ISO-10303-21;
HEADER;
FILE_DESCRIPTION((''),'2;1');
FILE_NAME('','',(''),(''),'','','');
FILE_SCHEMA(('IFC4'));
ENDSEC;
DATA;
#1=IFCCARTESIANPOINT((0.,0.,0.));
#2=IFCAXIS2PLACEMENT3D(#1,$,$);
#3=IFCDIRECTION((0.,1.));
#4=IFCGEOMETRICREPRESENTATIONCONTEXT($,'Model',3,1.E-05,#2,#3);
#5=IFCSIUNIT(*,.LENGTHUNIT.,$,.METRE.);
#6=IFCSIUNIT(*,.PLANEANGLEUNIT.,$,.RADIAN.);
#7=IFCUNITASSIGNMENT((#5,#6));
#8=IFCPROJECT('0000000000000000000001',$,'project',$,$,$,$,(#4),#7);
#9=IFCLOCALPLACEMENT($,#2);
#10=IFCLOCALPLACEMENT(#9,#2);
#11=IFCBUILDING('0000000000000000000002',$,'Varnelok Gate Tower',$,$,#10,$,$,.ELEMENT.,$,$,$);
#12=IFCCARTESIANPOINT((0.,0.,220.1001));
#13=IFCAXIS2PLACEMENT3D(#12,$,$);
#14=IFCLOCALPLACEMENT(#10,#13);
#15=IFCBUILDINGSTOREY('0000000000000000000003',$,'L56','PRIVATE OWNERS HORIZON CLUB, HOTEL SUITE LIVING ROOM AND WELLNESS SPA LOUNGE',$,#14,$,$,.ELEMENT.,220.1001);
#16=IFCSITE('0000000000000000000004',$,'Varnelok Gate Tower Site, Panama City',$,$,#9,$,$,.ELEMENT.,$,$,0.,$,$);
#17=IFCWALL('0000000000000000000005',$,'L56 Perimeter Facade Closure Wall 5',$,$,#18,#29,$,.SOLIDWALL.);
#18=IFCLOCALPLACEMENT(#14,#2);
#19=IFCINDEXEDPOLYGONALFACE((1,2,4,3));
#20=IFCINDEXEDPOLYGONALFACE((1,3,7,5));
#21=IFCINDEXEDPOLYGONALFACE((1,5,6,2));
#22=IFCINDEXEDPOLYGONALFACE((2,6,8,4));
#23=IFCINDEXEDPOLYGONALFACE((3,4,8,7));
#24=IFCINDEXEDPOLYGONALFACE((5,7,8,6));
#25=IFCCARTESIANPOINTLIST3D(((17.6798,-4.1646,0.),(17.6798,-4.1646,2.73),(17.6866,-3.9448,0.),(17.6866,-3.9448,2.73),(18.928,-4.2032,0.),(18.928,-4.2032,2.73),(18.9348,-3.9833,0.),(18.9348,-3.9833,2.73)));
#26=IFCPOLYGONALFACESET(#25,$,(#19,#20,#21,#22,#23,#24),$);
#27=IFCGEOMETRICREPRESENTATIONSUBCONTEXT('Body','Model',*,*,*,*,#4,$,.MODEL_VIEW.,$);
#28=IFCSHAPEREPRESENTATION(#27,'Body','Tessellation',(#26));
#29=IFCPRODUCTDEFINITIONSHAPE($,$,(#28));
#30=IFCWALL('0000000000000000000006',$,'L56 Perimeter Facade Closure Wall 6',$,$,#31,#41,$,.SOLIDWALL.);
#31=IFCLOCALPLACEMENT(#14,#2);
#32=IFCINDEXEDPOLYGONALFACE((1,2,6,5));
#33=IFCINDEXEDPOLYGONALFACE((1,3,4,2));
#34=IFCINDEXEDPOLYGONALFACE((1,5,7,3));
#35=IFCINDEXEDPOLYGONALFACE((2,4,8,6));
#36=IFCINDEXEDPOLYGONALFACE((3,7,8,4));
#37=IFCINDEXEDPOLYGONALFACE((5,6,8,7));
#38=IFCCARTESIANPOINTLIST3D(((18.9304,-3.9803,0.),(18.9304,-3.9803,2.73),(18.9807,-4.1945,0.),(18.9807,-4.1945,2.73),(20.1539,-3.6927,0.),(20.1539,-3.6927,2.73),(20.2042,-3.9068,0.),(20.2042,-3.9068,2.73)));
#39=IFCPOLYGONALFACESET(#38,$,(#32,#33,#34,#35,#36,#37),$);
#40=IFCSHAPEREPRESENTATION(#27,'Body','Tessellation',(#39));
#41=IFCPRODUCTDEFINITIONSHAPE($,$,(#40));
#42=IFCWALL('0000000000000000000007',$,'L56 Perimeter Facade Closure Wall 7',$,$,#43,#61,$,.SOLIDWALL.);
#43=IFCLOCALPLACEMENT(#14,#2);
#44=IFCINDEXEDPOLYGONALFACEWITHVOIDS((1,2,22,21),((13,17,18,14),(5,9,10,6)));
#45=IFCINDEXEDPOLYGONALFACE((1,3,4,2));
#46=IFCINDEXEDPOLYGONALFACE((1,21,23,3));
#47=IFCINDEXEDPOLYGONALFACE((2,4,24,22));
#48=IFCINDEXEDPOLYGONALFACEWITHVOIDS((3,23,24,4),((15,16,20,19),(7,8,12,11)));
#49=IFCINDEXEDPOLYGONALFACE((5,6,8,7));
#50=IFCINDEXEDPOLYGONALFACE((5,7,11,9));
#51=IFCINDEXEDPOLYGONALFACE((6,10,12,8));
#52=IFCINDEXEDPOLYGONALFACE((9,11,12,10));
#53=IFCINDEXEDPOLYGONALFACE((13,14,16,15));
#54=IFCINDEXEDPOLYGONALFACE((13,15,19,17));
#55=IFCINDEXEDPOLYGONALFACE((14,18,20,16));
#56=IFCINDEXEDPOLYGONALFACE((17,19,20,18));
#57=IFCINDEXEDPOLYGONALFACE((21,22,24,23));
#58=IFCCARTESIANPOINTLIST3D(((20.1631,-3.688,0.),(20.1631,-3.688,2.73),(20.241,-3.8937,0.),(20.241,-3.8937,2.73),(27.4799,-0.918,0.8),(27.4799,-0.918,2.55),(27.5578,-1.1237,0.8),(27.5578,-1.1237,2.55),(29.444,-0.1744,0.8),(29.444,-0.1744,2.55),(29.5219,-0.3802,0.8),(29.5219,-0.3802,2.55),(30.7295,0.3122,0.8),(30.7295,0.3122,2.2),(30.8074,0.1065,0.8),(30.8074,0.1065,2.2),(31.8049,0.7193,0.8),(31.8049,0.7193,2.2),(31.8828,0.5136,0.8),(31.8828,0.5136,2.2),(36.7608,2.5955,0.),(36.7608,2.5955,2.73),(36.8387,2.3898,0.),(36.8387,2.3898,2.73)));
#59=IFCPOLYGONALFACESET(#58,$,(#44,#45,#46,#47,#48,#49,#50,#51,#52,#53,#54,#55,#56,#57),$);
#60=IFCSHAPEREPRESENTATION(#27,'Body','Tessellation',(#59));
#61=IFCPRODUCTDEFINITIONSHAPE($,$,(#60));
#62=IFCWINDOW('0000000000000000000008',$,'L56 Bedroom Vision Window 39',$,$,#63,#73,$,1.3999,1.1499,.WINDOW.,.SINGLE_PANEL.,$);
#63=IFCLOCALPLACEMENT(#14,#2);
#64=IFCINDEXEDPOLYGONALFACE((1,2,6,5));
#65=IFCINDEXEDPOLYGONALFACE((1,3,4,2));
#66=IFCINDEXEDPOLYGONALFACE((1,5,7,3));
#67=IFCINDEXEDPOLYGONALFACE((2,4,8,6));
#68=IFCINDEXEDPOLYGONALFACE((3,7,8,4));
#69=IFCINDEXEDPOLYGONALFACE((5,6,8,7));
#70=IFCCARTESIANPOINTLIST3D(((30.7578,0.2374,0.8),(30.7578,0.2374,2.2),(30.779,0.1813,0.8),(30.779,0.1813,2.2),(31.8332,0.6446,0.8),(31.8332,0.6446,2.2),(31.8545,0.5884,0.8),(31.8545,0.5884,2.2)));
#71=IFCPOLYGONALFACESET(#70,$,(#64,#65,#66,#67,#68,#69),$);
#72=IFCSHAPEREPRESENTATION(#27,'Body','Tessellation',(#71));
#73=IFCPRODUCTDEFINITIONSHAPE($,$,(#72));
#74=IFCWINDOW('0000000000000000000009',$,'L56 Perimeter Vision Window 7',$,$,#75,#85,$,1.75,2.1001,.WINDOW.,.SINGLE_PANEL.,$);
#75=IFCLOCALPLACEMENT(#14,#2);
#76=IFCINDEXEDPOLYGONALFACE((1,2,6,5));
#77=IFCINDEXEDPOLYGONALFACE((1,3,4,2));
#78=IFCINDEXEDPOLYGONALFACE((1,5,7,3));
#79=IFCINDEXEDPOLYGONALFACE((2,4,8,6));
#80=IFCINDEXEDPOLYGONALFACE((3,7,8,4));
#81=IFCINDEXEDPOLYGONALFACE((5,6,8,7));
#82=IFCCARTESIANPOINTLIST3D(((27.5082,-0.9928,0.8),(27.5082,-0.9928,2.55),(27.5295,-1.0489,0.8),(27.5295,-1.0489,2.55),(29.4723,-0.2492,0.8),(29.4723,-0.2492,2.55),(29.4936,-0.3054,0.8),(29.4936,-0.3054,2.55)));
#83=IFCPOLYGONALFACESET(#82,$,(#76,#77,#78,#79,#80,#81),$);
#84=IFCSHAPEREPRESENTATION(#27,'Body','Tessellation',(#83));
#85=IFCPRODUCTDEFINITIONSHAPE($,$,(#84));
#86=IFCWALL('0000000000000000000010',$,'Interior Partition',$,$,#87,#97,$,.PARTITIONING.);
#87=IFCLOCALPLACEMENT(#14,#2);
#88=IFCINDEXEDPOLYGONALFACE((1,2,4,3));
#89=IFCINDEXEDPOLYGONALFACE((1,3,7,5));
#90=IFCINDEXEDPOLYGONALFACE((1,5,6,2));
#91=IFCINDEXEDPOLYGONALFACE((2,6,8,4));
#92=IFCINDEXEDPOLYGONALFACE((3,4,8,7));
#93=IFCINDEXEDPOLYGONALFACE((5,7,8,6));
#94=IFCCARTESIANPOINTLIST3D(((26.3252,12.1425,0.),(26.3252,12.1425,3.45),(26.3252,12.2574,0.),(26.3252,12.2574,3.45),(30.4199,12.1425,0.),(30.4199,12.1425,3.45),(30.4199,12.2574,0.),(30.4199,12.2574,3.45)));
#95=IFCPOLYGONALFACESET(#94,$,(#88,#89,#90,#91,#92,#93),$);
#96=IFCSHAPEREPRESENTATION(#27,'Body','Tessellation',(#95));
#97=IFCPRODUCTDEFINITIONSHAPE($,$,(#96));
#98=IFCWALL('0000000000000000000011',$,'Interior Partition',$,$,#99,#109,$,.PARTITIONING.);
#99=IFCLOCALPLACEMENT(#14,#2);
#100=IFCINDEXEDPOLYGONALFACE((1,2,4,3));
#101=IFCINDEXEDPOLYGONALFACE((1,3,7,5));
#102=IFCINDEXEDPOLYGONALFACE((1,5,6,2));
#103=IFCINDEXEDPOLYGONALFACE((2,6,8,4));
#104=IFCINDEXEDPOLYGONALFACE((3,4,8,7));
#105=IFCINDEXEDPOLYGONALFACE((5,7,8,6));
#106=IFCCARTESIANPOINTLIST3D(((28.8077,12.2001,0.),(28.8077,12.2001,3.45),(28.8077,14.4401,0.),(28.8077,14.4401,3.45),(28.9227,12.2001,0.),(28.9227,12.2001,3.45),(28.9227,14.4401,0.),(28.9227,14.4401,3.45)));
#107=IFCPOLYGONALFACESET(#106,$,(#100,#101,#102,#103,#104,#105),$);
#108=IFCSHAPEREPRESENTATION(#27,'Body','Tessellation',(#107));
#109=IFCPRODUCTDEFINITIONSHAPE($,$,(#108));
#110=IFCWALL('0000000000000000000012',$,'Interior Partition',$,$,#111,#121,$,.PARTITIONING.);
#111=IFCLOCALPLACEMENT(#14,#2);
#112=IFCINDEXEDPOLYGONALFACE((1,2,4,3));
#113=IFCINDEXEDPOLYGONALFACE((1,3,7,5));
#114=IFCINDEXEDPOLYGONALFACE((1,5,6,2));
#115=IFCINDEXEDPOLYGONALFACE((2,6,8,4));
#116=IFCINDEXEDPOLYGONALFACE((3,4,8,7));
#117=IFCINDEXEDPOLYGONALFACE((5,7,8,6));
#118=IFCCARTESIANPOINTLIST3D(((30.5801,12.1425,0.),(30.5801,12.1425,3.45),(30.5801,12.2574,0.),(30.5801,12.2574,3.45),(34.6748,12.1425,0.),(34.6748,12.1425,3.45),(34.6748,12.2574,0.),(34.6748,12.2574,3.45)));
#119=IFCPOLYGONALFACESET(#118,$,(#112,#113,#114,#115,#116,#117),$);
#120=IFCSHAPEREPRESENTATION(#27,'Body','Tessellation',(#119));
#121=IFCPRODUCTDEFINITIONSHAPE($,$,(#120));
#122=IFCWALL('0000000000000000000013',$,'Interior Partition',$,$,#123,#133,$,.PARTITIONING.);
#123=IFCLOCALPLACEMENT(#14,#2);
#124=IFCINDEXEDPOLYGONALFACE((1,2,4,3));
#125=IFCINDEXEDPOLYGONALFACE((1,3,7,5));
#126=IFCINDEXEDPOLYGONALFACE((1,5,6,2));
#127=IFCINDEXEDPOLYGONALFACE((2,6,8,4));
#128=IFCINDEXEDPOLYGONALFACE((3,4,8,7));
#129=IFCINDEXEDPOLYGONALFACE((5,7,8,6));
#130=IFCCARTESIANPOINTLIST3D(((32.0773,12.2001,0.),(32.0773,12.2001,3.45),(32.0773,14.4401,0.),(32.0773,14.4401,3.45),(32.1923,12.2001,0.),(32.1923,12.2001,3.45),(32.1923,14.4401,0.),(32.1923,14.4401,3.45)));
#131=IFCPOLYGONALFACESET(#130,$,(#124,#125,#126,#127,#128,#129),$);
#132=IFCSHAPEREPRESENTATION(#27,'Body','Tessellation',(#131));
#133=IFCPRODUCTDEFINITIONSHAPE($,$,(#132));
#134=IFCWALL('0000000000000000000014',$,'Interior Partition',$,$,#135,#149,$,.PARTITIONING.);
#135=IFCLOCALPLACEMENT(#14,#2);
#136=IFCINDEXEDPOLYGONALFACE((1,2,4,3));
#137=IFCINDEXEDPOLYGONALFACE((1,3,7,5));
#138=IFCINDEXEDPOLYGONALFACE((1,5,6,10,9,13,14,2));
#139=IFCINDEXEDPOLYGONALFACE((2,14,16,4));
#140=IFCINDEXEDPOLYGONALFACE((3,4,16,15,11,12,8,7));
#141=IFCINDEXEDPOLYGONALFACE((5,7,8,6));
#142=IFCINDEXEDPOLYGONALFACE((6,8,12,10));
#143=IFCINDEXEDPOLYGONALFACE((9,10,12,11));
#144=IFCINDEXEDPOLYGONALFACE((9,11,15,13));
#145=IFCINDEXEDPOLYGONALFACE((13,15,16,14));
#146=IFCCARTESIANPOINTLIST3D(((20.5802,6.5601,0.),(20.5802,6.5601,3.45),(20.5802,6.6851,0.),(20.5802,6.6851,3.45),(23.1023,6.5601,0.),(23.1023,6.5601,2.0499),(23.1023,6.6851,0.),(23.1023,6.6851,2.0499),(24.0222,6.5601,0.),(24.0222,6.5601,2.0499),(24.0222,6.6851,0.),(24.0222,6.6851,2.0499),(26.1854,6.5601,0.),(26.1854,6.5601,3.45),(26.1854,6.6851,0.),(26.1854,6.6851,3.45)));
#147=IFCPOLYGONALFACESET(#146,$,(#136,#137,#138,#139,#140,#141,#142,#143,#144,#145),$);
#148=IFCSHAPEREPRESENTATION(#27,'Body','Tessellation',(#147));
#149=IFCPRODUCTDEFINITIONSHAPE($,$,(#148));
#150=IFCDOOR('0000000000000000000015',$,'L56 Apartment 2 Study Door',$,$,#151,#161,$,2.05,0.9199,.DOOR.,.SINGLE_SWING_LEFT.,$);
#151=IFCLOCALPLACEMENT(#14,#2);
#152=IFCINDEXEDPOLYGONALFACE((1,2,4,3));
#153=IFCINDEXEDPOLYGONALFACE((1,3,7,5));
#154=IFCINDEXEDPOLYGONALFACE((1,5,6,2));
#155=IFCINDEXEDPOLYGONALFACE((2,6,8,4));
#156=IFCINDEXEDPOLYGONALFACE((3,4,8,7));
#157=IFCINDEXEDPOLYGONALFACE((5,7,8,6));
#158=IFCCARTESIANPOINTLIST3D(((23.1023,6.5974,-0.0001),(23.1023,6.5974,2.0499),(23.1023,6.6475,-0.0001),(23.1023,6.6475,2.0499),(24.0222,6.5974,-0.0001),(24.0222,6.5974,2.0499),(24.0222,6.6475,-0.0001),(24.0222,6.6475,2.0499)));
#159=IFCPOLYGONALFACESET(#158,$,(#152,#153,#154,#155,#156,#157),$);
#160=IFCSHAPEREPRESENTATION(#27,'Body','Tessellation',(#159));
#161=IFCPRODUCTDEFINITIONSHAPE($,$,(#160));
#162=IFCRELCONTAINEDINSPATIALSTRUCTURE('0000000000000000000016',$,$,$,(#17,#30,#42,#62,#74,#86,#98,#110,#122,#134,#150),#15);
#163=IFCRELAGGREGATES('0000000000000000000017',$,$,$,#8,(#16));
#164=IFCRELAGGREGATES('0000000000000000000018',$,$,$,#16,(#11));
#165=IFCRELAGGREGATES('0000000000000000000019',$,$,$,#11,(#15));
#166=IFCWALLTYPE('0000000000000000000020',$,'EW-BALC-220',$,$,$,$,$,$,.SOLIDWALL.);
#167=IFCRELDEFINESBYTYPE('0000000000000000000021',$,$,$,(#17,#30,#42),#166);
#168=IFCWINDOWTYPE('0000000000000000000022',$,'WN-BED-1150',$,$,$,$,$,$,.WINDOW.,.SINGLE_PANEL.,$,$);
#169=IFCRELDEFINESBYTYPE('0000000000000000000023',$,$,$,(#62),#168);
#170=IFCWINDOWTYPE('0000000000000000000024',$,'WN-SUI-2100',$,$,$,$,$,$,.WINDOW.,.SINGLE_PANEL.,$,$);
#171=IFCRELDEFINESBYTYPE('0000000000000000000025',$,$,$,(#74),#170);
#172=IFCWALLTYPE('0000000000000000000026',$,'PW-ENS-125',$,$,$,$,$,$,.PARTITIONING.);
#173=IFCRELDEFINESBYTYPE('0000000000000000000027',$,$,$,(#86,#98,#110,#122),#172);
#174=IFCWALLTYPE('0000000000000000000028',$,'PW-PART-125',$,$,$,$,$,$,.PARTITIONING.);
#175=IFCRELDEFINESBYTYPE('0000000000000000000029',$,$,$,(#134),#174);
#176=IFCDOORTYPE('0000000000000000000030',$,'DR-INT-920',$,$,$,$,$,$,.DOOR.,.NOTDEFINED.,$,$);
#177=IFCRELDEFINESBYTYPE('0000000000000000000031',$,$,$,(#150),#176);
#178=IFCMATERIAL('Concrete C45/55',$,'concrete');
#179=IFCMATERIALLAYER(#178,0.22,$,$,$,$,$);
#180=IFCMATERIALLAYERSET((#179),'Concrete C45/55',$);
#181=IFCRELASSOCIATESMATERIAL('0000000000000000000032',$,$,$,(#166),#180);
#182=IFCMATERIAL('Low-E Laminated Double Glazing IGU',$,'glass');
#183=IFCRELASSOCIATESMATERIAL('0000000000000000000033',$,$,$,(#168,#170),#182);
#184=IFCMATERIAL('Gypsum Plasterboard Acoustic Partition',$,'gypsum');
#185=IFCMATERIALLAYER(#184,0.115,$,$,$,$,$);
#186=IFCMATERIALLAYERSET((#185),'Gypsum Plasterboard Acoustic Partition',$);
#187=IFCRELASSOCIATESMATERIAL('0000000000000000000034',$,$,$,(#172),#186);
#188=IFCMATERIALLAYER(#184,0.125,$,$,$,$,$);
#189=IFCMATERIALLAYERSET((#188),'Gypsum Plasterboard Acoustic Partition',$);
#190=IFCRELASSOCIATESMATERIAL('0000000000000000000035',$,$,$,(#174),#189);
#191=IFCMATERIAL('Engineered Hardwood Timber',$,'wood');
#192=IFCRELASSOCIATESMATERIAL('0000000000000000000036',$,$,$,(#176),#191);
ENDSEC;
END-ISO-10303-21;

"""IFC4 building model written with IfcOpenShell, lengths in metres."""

from ifc_helpers import new_model, si_unit, direction, frame, frame_2d, origin, place, context, subcontext, project, spatial, rectangle, extrude, material, layer, layer_set, type_object, element, fill, save


model = new_model("IFC4")

# Units and contexts
model_context = context("Model", 3, precision=1e-05, world=origin(), true_north=direction((0.0, 1.0)))
body_context = subcontext(model_context, "Body", "Model", "MODEL_VIEW")
ifc_project = project(units=[si_unit("LENGTHUNIT", "METRE"), si_unit("PLANEANGLEUNIT", "RADIAN")], contexts=[model_context])

# Site, building, storey
site_placement = place(None, origin())
site = spatial("IfcSite", under=ifc_project, at=site_placement, Name="Varnelok Gate Tower Site, Panama City", CompositionType="ELEMENT", RefElevation=0.0)
building_placement = place(site_placement, origin())
building = spatial("IfcBuilding", under=site, at=building_placement, Name="Varnelok Gate Tower", CompositionType="ELEMENT")
storey_placement = place(building_placement, frame((0.0, 0.0, 220.1001)))
storey = spatial("IfcBuildingStorey", under=building, at=storey_placement, Name="L56", Description="PRIVATE OWNERS HORIZON CLUB, HOTEL SUITE LIVING ROOM AND WELLNESS SPA LOUNGE", CompositionType="ELEMENT", Elevation=220.1001)

# Walls
ifc_material_1 = material(Name="Concrete C45/55", Category="concrete")
ifc_layer_1 = layer(ifc_material_1, 0.22)
ifc_layer_set_1 = layer_set([ifc_layer_1], Name="Concrete C45/55")
wall_type_1 = type_object("IfcWallType", Name="EW-BALC-220", PredefinedType="SOLIDWALL", material=ifc_layer_set_1)
wall_1_placement = place(storey_placement, frame((17.6831, -4.0547, 0.0), z_axis=(0.0, 0.0, 1.0), x_axis=(0.999523, -0.030887, 0.0)))
element("IfcWall", 1, at=wall_1_placement, inside=storey, type_object=wall_type_1, Name="L56 Perimeter Facade Closure Wall 5", PredefinedType="SOLIDWALL", context=body_context, shape_type="SweptSolid", body=[
    extrude(rectangle(XDim=1.2488, YDim=0.22, at=frame_2d((0.6245, 0.0))), origin(), (0.0, 0.0, 1.0), 2.73),
])
wall_2_placement = place(storey_placement, frame((18.9556, -4.0874, 0.0), z_axis=(0.0, 0.0, 1.0), x_axis=(0.973463, 0.228844, 0.0)))
element("IfcWall", 2, at=wall_2_placement, inside=storey, type_object=wall_type_1, Name="L56 Perimeter Facade Closure Wall 6", PredefinedType="SOLIDWALL", context=body_context, shape_type="SweptSolid", body=[
    extrude(rectangle(XDim=1.2568, YDim=0.22, at=frame_2d((0.6284, 0.0))), origin(), (0.0, 0.0, 1.0), 2.73),
])

# Wall, openings, windows
wall_3_placement = place(storey_placement, frame((20.2021, -3.7908, 0.0), z_axis=(0.0, 0.0, 1.0), x_axis=(0.935226, 0.354052, 0.0)))
wall_3 = element("IfcWall", 3, at=wall_3_placement, inside=storey, type_object=wall_type_1, Name="L56 Perimeter Facade Closure Wall 7", PredefinedType="SOLIDWALL", context=body_context, shape_type="SweptSolid", body=[
    extrude(rectangle(XDim=17.7473, YDim=0.22, at=frame_2d((8.8735, 0.0))), origin(), (0.0, 0.0, 1.0), 2.73),
])
opening_1_placement = place(wall_3_placement, frame((7.8235, 0.0, 0.8)))
opening_1 = element("IfcOpeningElement", 4, at=opening_1_placement, cuts=wall_3, PredefinedType="OPENING", context=body_context, shape_type="SweptSolid", body=[
    extrude(rectangle(XDim=2.1001, YDim=1.75, at=frame_2d((1.05, 0.875))), frame((0.0, 0.1199, 0.0), z_axis=(0.0, -1.0, 0.0), x_axis=(1.0, 0.0, 0.0)), (0.0, 0.0, 1.0), 0.24),
])
opening_2_placement = place(wall_3_placement, frame((11.2981, 0.0, 0.8)))
opening_2 = element("IfcOpeningElement", 5, at=opening_2_placement, cuts=wall_3, PredefinedType="OPENING", context=body_context, shape_type="SweptSolid", body=[
    extrude(rectangle(XDim=1.1499, YDim=1.3999, at=frame_2d((0.575, 0.7))), frame((0.0, 0.1199, 0.0), z_axis=(0.0, -1.0, 0.0), x_axis=(1.0, 0.0, 0.0)), (0.0, 0.0, 1.0), 0.24),
])
ifc_material_2 = material(Name="Low-E Laminated Double Glazing IGU", Category="glass")
window_type_1 = type_object("IfcWindowType", Name="WN-BED-1150", PartitioningType="SINGLE_PANEL", PredefinedType="WINDOW", material=ifc_material_2)
window_1_placement = place(opening_2_placement, origin())
window_1 = element("IfcWindow", 6, at=window_1_placement, inside=storey, type_object=window_type_1, Name="L56 Bedroom Vision Window 39", OverallHeight=1.3999, OverallWidth=1.1499, PartitioningType="SINGLE_PANEL", PredefinedType="WINDOW", context=body_context, shape_type="SweptSolid", body=[
    extrude(rectangle(XDim=1.1499, YDim=1.3999, at=frame_2d((0.575, 0.7))), frame((0.0, 0.03, 0.0), z_axis=(0.0, -1.0, 0.0), x_axis=(1.0, 0.0, 0.0)), (0.0, 0.0, 1.0), 0.0601),
])
fill(opening_2, window_1)
window_type_2 = type_object("IfcWindowType", Name="WN-SUI-2100", PartitioningType="SINGLE_PANEL", PredefinedType="WINDOW", material=ifc_material_2)
window_2_placement = place(opening_1_placement, origin())
window_2 = element("IfcWindow", 7, at=window_2_placement, inside=storey, type_object=window_type_2, Name="L56 Perimeter Vision Window 7", OverallHeight=1.75, OverallWidth=2.1001, PartitioningType="SINGLE_PANEL", PredefinedType="WINDOW", context=body_context, shape_type="SweptSolid", body=[
    extrude(rectangle(XDim=2.1001, YDim=1.75, at=frame_2d((1.05, 0.875))), frame((0.0, 0.03, 0.0), z_axis=(0.0, -1.0, 0.0), x_axis=(1.0, 0.0, 0.0)), (0.0, 0.0, 1.0), 0.0601),
])
fill(opening_1, window_2)

# Walls
ifc_material_3 = material(Name="Gypsum Plasterboard Acoustic Partition", Category="gypsum")
ifc_layer_2 = layer(ifc_material_3, 0.115)
ifc_layer_set_2 = layer_set([ifc_layer_2], Name="Gypsum Plasterboard Acoustic Partition")
wall_type_2 = type_object("IfcWallType", Name="PW-ENS-125", PredefinedType="PARTITIONING", material=ifc_layer_set_2)
wall_4_placement = place(storey_placement, frame((26.3252, 12.2, 0.0), z_axis=(0.0, 0.0, 1.0), x_axis=(1.0, 0.0, 0.0)))
element("IfcWall", 8, at=wall_4_placement, inside=storey, type_object=wall_type_2, Name="Interior Partition", PredefinedType="PARTITIONING", context=body_context, shape_type="SweptSolid", body=[
    extrude(rectangle(XDim=4.0947, YDim=0.115, at=frame_2d((2.0474, 0.0))), origin(), (0.0, 0.0, 1.0), 3.45),
])
wall_5_placement = place(storey_placement, frame((28.8652, 12.2, 0.0), z_axis=(0.0, 0.0, 1.0), x_axis=(0.0, 1.0, 0.0)))
element("IfcWall", 9, at=wall_5_placement, inside=storey, type_object=wall_type_2, Name="Interior Partition", PredefinedType="PARTITIONING", context=body_context, shape_type="SweptSolid", body=[
    extrude(rectangle(XDim=2.24, YDim=0.115, at=frame_2d((1.1201, 0.0))), origin(), (0.0, 0.0, 1.0), 3.45),
])
wall_6_placement = place(storey_placement, frame((30.5801, 12.2, 0.0), z_axis=(0.0, 0.0, 1.0), x_axis=(1.0, 0.0, 0.0)))
element("IfcWall", 10, at=wall_6_placement, inside=storey, type_object=wall_type_2, Name="Interior Partition", PredefinedType="PARTITIONING", context=body_context, shape_type="SweptSolid", body=[
    extrude(rectangle(XDim=4.0947, YDim=0.115, at=frame_2d((2.0474, 0.0))), origin(), (0.0, 0.0, 1.0), 3.45),
])
wall_7_placement = place(storey_placement, frame((32.1348, 12.2, 0.0), z_axis=(0.0, 0.0, 1.0), x_axis=(0.0, 1.0, 0.0)))
element("IfcWall", 11, at=wall_7_placement, inside=storey, type_object=wall_type_2, Name="Interior Partition", PredefinedType="PARTITIONING", context=body_context, shape_type="SweptSolid", body=[
    extrude(rectangle(XDim=2.24, YDim=0.115, at=frame_2d((1.1201, 0.0))), origin(), (0.0, 0.0, 1.0), 3.45),
])

# Wall, opening, door
ifc_layer_3 = layer(ifc_material_3, 0.125)
ifc_layer_set_3 = layer_set([ifc_layer_3], Name="Gypsum Plasterboard Acoustic Partition")
wall_type_3 = type_object("IfcWallType", Name="PW-PART-125", PredefinedType="PARTITIONING", material=ifc_layer_set_3)
wall_8_placement = place(storey_placement, frame((20.5801, 6.6226, 0.0), z_axis=(0.0, 0.0, 1.0), x_axis=(1.0, 0.0, 0.0)))
wall_8 = element("IfcWall", 12, at=wall_8_placement, inside=storey, type_object=wall_type_3, Name="Interior Partition", PredefinedType="PARTITIONING", context=body_context, shape_type="SweptSolid", body=[
    extrude(rectangle(XDim=5.6052, YDim=0.125, at=frame_2d((2.8027, 0.0))), origin(), (0.0, 0.0, 1.0), 3.45),
])
opening_3_placement = place(wall_8_placement, frame((2.5222, 0.0, 0.0)))
opening_3 = element("IfcOpeningElement", 13, at=opening_3_placement, cuts=wall_8, PredefinedType="OPENING", context=body_context, shape_type="SweptSolid", body=[
    extrude(rectangle(XDim=0.9199, YDim=2.05, at=frame_2d((0.46, 1.0249))), frame((0.0, 0.0725, 0.0), z_axis=(0.0, -1.0, 0.0), x_axis=(1.0, 0.0, 0.0)), (0.0, 0.0, 1.0), 0.145),
])
ifc_material_4 = material(Name="Engineered Hardwood Timber", Category="wood")
door_type_1 = type_object("IfcDoorType", Name="DR-INT-920", OperationType="NOTDEFINED", PredefinedType="DOOR", material=ifc_material_4)
door_1_placement = place(opening_3_placement, origin())
door_1 = element("IfcDoor", 14, at=door_1_placement, inside=storey, type_object=door_type_1, Name="L56 Apartment 2 Study Door", OperationType="SINGLE_SWING_LEFT", OverallHeight=2.05, OverallWidth=0.9199, PredefinedType="DOOR", context=body_context, shape_type="SweptSolid", body=[
    extrude(rectangle(XDim=0.9199, YDim=2.05, at=frame_2d((0.46, 1.0249))), frame((0.0, 0.0249, 0.0), z_axis=(0.0, -1.0, 0.0), x_axis=(1.0, 0.0, 0.0)), (0.0, 0.0, 1.0), 0.05),
])
fill(opening_3, door_1)

save(model, "model.ifc")
